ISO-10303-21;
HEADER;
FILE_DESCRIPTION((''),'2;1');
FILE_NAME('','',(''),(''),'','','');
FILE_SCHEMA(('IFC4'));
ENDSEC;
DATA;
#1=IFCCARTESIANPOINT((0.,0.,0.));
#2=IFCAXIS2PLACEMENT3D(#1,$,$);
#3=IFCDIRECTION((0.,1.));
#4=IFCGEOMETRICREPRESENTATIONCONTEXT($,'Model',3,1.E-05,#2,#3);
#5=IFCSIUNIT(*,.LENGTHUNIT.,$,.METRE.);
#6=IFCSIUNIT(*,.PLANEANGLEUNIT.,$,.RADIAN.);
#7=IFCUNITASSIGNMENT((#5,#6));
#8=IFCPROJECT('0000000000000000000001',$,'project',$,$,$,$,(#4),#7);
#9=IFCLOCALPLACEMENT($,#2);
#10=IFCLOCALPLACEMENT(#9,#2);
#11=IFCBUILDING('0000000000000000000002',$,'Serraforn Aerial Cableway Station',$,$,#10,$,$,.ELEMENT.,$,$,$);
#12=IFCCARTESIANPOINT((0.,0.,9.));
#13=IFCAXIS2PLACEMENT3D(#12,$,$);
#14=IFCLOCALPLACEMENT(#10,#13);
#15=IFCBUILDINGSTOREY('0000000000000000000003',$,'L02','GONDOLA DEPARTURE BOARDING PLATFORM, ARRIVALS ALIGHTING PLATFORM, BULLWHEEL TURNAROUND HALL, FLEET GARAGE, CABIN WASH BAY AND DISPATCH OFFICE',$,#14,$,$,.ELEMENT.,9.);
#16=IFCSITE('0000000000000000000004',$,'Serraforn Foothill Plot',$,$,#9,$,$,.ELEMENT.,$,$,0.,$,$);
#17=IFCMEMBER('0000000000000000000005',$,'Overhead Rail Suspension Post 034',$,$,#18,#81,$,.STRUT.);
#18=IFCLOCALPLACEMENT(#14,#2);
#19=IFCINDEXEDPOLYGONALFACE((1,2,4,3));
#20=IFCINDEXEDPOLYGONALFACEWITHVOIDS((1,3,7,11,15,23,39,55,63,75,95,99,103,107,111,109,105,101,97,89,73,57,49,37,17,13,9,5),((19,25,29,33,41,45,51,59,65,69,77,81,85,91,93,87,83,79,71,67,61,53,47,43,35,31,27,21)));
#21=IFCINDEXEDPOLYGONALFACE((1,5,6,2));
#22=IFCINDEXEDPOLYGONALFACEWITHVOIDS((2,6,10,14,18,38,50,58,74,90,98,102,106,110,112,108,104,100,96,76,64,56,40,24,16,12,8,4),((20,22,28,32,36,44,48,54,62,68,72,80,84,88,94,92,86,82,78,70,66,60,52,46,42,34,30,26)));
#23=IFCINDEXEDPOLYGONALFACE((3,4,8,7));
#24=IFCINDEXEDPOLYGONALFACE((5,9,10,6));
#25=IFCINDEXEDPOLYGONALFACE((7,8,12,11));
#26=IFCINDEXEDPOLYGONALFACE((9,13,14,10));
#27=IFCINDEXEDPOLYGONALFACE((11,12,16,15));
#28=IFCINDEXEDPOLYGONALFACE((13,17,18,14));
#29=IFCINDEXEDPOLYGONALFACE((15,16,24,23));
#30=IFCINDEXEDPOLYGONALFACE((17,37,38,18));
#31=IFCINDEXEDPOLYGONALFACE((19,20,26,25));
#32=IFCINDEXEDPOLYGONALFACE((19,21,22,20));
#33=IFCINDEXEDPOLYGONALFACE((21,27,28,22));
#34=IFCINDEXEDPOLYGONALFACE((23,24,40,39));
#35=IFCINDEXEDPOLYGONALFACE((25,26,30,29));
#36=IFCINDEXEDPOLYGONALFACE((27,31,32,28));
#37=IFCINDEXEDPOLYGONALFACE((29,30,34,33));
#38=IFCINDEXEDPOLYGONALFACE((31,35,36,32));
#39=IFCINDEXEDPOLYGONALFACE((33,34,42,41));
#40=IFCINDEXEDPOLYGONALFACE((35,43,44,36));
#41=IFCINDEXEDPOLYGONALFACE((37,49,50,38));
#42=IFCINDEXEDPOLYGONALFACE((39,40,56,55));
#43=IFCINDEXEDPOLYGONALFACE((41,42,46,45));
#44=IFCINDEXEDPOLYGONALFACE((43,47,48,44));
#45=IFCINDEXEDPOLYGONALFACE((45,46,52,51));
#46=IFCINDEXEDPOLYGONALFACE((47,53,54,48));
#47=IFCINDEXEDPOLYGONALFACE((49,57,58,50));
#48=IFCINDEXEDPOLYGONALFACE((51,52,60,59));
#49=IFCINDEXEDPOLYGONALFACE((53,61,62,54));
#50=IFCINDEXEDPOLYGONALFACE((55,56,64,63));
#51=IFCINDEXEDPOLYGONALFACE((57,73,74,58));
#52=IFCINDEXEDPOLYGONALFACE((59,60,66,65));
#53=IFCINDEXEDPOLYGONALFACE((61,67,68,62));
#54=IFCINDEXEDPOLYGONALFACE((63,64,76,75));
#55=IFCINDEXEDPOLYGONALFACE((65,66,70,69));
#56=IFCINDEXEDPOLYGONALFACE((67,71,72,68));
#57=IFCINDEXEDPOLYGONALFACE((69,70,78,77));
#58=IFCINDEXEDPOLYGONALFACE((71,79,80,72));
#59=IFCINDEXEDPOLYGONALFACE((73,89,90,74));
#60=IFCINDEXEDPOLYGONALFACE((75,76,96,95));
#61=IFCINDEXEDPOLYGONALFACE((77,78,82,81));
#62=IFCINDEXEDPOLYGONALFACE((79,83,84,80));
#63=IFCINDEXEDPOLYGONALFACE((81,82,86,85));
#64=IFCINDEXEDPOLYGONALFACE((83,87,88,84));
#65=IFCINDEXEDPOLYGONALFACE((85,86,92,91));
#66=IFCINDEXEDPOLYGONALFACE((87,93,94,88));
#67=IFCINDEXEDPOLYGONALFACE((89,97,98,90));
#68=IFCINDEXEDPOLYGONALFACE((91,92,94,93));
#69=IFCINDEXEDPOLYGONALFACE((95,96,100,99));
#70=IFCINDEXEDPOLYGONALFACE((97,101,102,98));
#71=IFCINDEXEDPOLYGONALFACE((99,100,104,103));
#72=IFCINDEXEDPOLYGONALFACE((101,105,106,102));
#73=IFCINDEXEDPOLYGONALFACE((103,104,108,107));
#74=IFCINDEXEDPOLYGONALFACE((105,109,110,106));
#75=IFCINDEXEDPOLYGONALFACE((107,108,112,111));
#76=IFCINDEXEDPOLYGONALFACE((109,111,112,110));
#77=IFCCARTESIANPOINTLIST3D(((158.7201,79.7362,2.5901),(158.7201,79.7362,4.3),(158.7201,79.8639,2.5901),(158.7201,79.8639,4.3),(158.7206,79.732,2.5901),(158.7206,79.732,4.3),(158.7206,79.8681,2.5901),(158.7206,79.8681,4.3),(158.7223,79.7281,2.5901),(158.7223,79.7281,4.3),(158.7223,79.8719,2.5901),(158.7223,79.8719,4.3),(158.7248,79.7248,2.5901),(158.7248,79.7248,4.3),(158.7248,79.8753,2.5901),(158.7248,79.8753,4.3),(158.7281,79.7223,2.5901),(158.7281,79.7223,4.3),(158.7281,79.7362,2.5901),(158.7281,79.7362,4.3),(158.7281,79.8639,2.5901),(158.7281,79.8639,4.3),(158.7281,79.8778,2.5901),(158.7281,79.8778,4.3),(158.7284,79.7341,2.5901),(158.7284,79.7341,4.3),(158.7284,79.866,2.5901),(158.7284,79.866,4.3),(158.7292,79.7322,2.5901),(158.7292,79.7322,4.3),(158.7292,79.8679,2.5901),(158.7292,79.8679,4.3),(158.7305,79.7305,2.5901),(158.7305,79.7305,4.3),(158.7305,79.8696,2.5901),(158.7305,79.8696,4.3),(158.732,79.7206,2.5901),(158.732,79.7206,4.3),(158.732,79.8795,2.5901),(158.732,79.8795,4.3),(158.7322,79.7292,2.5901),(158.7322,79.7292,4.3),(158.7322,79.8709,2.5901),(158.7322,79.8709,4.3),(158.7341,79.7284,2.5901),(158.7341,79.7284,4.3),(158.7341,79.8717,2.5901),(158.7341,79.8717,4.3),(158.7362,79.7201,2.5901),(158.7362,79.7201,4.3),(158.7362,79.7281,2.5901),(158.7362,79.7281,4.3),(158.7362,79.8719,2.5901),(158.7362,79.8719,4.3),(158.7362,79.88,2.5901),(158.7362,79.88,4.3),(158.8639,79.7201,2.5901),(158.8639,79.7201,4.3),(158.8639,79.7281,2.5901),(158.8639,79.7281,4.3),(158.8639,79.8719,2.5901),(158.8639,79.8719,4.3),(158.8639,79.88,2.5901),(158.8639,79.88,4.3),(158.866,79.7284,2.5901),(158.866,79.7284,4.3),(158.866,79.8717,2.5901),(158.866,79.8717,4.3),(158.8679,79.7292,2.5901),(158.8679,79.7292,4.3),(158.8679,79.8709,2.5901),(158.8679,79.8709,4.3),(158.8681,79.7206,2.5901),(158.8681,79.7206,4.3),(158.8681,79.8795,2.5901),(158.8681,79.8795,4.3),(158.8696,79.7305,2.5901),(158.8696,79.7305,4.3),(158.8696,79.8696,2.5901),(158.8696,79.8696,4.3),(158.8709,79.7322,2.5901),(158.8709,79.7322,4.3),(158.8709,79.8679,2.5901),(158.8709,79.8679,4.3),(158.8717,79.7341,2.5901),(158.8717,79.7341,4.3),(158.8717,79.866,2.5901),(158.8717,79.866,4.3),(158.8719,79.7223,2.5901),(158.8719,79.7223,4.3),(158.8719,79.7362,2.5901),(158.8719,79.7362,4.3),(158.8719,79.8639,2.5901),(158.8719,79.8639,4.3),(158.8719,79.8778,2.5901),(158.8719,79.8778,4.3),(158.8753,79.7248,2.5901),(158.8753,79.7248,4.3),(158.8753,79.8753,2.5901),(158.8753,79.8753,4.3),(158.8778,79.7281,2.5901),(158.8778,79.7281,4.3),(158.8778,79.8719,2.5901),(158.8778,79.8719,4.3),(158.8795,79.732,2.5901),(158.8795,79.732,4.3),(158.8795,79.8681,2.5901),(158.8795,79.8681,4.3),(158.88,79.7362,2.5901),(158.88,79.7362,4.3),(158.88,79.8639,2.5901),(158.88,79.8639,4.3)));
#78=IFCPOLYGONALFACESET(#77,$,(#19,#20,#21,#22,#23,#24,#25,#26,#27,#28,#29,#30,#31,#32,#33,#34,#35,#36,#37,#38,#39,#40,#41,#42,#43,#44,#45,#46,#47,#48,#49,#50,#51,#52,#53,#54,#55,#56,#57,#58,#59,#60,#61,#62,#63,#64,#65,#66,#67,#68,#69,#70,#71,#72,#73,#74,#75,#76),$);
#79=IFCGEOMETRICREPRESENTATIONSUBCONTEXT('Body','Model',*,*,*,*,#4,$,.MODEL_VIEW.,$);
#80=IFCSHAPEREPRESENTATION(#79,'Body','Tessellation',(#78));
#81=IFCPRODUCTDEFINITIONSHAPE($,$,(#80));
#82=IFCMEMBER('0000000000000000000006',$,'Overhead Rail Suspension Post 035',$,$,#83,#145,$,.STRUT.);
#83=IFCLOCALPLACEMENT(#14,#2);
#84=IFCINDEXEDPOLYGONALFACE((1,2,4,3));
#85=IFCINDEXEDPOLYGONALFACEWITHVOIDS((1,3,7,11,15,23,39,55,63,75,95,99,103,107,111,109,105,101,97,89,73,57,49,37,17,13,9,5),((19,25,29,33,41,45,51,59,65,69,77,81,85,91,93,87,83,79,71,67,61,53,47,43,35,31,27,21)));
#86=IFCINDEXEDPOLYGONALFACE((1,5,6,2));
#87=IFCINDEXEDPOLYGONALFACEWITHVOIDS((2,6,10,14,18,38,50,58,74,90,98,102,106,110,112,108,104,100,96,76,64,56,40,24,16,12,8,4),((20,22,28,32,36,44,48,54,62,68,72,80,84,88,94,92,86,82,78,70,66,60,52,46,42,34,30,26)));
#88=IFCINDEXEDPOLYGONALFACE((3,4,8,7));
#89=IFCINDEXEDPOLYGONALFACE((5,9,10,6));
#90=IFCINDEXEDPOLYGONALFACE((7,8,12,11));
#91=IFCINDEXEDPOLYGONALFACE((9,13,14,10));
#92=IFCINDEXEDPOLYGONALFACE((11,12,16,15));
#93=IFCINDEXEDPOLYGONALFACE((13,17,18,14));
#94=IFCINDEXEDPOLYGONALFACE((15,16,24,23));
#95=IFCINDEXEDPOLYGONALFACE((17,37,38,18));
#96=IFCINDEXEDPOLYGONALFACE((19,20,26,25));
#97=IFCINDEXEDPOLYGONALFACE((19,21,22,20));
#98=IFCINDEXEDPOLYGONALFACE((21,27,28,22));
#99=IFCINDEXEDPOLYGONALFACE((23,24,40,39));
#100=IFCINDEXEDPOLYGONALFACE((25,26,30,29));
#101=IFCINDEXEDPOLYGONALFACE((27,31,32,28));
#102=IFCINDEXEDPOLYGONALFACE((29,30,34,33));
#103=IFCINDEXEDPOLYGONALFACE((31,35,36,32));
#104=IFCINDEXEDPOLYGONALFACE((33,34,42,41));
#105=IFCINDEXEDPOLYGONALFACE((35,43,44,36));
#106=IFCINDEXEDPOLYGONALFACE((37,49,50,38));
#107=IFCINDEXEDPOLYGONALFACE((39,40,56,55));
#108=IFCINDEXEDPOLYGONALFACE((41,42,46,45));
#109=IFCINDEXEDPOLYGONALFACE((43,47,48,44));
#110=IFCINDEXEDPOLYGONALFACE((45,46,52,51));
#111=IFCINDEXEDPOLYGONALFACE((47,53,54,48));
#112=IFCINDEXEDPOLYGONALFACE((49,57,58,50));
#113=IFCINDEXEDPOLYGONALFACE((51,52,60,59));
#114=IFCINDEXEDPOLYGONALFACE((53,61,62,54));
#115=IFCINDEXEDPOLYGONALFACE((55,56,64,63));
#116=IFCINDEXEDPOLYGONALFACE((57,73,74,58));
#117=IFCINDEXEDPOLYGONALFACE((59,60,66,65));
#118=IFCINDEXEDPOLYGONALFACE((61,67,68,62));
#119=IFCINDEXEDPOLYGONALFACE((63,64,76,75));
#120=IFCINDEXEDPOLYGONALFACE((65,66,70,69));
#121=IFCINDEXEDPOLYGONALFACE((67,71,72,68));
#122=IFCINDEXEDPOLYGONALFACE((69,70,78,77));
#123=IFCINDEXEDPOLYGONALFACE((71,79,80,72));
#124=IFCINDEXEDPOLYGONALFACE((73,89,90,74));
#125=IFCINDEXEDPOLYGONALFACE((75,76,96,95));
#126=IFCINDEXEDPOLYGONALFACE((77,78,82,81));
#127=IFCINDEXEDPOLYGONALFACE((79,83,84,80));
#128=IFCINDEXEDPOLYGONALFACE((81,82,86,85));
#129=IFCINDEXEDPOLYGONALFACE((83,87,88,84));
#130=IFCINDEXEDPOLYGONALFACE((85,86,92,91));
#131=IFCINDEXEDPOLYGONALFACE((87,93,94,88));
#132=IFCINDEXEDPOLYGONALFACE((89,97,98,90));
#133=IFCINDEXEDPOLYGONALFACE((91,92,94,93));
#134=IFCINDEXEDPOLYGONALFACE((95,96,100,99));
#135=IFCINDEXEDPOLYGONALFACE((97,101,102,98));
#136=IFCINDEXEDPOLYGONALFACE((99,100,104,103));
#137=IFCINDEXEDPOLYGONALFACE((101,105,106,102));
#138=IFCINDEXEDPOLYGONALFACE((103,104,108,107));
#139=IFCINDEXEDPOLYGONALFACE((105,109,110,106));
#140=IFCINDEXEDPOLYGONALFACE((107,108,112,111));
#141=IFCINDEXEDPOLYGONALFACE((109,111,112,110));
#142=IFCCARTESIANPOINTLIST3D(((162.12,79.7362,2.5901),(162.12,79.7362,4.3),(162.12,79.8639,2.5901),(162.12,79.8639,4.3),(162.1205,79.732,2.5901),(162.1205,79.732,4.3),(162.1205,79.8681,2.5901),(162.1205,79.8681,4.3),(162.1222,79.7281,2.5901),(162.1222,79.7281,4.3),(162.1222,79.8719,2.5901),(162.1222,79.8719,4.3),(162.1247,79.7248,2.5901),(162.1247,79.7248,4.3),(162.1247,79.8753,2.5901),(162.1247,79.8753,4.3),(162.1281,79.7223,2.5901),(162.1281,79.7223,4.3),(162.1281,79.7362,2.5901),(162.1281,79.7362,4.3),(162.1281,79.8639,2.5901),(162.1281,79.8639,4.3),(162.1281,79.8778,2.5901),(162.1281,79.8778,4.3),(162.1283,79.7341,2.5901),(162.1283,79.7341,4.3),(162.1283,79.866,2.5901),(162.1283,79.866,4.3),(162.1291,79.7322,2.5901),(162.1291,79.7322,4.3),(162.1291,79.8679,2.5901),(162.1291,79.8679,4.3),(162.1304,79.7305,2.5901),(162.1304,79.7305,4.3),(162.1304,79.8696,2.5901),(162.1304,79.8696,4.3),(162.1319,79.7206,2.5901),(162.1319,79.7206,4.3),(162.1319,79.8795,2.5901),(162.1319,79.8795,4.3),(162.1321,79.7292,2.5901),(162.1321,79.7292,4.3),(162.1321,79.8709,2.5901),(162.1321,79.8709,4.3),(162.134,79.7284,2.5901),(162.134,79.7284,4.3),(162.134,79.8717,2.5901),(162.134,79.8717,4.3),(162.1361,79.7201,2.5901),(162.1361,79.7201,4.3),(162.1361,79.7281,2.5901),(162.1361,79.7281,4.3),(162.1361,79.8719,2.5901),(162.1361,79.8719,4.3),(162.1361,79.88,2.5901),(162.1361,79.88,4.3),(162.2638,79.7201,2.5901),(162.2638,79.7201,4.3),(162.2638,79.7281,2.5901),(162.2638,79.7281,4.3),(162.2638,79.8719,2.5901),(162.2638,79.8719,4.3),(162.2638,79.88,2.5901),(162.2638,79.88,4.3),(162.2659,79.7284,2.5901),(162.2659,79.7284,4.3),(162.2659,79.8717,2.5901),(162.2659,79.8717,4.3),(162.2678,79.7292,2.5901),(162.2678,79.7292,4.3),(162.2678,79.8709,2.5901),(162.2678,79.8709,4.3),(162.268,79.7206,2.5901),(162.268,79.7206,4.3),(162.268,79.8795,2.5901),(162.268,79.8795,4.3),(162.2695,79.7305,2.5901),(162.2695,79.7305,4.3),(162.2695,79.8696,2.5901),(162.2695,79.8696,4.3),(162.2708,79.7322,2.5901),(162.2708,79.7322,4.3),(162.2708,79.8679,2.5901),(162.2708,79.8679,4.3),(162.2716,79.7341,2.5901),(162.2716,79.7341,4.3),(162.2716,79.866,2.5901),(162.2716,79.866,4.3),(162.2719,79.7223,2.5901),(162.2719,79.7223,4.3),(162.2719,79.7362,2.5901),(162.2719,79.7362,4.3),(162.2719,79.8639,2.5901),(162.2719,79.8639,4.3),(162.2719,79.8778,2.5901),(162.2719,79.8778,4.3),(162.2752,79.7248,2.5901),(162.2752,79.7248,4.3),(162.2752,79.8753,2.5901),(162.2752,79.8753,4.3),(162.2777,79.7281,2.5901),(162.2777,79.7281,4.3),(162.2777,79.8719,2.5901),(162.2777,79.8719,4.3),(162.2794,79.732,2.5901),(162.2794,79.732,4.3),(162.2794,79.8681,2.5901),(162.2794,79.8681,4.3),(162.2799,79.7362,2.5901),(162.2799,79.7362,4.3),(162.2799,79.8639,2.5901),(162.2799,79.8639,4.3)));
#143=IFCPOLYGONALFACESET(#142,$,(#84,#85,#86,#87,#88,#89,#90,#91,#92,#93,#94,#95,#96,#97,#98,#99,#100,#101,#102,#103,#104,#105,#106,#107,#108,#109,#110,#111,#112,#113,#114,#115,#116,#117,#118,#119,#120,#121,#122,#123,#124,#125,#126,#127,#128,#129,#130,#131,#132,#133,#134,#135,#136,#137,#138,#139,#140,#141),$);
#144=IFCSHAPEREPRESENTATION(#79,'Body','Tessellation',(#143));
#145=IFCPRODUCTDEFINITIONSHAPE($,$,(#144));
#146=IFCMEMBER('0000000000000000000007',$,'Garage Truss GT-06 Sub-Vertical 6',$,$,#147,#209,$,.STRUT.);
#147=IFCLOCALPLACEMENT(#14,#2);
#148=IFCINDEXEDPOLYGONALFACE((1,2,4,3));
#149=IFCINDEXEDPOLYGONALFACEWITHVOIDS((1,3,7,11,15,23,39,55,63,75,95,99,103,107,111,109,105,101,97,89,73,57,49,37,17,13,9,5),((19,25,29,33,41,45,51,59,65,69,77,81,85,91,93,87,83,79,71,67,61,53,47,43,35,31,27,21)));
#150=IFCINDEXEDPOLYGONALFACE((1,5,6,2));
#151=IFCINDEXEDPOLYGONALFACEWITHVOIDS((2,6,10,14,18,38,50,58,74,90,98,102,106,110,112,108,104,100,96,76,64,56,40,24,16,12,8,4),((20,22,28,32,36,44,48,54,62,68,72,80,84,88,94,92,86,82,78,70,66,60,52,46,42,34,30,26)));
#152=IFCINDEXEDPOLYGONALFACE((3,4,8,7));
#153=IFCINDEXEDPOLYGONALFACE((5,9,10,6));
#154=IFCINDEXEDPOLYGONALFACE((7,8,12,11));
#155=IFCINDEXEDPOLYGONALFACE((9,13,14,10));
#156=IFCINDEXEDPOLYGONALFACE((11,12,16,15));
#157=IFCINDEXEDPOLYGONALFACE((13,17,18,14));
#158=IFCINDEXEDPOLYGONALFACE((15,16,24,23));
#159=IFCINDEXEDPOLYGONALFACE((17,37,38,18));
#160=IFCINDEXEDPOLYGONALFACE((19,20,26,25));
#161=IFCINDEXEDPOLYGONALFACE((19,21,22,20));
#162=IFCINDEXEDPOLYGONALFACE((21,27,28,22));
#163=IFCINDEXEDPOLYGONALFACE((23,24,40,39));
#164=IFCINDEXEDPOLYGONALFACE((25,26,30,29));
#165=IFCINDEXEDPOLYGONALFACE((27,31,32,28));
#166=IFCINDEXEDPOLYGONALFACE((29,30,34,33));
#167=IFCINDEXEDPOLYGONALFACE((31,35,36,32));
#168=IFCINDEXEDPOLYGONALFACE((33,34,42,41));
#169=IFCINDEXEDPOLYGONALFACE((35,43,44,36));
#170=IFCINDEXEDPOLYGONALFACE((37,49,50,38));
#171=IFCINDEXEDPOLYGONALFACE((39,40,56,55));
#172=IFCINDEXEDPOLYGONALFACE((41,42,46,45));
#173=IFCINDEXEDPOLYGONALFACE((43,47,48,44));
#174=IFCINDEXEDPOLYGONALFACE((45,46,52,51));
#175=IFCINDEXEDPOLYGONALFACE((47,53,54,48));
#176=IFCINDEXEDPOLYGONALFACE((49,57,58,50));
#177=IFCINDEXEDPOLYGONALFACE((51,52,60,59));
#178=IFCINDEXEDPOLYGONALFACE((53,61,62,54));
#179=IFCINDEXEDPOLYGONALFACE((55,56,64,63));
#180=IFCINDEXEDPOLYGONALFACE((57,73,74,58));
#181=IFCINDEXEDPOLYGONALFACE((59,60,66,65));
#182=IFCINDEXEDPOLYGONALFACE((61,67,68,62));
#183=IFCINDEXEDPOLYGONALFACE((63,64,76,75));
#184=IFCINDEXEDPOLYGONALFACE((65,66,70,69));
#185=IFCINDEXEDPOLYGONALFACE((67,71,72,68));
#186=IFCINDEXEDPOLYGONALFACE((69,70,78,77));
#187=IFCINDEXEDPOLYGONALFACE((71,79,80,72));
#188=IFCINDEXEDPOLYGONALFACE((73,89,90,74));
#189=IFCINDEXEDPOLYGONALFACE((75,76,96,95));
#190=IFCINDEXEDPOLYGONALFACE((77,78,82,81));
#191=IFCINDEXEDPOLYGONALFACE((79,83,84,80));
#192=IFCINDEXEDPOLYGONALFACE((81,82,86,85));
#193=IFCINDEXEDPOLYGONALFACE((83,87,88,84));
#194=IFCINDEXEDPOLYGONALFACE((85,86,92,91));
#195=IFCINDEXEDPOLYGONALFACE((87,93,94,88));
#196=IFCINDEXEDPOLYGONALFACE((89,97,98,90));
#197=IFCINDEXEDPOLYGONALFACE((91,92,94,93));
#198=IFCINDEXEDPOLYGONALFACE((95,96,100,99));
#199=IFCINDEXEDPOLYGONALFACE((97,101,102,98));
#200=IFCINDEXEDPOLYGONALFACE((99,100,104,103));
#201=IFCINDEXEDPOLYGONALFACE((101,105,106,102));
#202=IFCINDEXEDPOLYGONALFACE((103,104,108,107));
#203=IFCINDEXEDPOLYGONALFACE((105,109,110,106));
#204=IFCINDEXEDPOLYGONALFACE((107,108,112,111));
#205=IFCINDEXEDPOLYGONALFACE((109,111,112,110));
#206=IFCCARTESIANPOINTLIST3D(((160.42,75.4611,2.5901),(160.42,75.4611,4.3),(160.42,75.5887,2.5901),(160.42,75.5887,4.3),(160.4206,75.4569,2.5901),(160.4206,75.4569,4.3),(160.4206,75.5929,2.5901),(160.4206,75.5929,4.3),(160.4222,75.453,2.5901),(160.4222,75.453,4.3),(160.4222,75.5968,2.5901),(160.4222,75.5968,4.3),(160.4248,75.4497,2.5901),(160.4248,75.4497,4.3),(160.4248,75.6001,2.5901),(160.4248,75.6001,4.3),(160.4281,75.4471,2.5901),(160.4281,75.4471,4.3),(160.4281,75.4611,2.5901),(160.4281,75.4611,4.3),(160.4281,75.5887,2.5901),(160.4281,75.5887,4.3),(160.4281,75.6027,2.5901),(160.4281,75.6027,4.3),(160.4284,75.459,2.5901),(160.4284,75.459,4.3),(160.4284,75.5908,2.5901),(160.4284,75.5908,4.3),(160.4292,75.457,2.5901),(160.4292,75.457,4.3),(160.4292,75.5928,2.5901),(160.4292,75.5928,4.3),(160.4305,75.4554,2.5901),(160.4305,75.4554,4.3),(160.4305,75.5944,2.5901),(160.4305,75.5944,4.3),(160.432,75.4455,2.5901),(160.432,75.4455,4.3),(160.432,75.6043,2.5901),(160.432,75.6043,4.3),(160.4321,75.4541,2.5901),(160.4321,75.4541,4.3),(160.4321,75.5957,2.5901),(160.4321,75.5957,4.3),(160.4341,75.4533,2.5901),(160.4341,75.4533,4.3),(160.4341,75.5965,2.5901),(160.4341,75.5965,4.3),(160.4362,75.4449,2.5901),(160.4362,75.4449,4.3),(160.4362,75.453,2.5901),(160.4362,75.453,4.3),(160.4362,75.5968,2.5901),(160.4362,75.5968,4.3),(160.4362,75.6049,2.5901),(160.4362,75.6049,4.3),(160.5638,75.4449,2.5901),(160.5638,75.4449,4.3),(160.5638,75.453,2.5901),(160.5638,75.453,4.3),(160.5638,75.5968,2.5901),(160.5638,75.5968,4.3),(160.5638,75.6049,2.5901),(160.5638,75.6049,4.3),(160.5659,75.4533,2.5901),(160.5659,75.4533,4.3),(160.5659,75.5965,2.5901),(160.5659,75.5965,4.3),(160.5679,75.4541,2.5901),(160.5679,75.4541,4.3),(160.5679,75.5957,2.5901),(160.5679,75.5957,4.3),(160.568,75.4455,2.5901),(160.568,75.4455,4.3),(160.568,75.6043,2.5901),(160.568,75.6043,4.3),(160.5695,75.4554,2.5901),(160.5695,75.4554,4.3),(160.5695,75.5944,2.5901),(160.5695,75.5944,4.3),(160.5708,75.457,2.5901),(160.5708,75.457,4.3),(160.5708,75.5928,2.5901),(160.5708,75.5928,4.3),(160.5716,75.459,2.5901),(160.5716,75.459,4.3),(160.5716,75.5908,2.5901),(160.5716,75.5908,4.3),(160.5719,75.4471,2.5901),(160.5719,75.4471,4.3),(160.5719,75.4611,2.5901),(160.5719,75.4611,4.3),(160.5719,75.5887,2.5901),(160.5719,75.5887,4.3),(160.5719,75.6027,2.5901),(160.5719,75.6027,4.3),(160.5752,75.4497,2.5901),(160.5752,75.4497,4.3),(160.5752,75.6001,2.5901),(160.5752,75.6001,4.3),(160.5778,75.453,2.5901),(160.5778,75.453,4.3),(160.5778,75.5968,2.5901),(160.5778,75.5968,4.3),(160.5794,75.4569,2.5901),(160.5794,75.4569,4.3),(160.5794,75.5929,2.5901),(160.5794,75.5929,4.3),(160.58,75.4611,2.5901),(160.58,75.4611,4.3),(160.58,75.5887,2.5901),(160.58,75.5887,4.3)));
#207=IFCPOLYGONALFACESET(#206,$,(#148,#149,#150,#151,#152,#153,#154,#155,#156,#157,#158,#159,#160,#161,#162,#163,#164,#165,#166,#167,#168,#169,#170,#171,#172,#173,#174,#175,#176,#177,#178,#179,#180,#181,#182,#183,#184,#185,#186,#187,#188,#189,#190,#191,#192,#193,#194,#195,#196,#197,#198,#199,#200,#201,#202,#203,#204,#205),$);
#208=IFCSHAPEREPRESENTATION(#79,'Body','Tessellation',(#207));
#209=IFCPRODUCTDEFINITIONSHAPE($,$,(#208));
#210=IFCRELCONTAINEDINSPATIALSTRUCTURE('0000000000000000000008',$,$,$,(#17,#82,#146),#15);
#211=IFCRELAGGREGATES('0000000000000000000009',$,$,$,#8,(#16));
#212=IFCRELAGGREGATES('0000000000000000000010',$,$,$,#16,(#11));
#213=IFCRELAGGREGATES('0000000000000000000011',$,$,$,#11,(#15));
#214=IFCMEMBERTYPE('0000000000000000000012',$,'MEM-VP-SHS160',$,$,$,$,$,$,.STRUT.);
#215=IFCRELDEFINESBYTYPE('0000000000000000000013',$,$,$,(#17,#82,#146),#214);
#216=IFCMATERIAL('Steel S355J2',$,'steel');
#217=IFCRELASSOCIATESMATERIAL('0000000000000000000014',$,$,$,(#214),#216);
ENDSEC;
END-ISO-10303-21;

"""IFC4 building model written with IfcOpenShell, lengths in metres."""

from ifc_helpers import new_model, si_unit, direction, frame, origin, origin_2d, place, context, subcontext, project, spatial, hollow_rectangle, extrude, material, material_profile, profile_set, type_object, element, save


model = new_model("IFC4")

# Units and contexts
model_context = context("Model", 3, precision=1e-05, world=origin(), true_north=direction((0.0, 1.0)))
body_context = subcontext(model_context, "Body", "Model", "MODEL_VIEW")
ifc_project = project(units=[si_unit("LENGTHUNIT", "METRE"), si_unit("PLANEANGLEUNIT", "RADIAN")], contexts=[model_context])

# Site, building, storey
site_placement = place(None, origin())
site = spatial("IfcSite", under=ifc_project, at=site_placement, Name="Serraforn Foothill Plot", CompositionType="ELEMENT", RefElevation=0.0)
building_placement = place(site_placement, origin())
building = spatial("IfcBuilding", under=site, at=building_placement, Name="Serraforn Aerial Cableway Station", CompositionType="ELEMENT")
storey_placement = place(building_placement, frame((0.0, 0.0, 9.0)))
storey = spatial("IfcBuildingStorey", under=building, at=storey_placement, Name="L02", Description="GONDOLA DEPARTURE BOARDING PLATFORM, ARRIVALS ALIGHTING PLATFORM, BULLWHEEL TURNAROUND HALL, FLEET GARAGE, CABIN WASH BAY AND DISPATCH OFFICE", CompositionType="ELEMENT", Elevation=9.0)

# Members
ifc_material_1 = material(Name="Steel S355J2", Category="steel")
ifc_material_profile_1 = material_profile(ifc_material_1, hollow_rectangle(XDim=0.1599, YDim=0.1599, WallThickness=0.0081, InnerFilletRadius=0.0081, OuterFilletRadius=0.0161, at=origin_2d()), Name="SHS 160x160x8.0")
ifc_profile_set_1 = profile_set([ifc_material_profile_1], Name="Steel S355J2")
member_type_1 = type_object("IfcMemberType", Name="MEM-VP-SHS160", PredefinedType="STRUT", material=ifc_profile_set_1)
for number, where, z_axis, x_axis, name in (
    (1, (158.8, 79.8, 2.5901), (0.0, 0.0, 1.0), (1.0, 0.0, 0.0), "Overhead Rail Suspension Post 034"),
    (2, (162.2, 79.8, 2.5901), (0.0, 0.0, 1.0), (1.0, 0.0, 0.0), "Overhead Rail Suspension Post 035"),
    (3, (160.5, 75.5249, 2.5901), (0.0, 0.0, 1.0), (1.0, 0.0, 0.0), "Garage Truss GT-06 Sub-Vertical 6"),
):
    element("IfcMember", number, at=place(storey_placement, frame(where, z_axis=z_axis, x_axis=x_axis)), inside=storey, type_object=member_type_1, Name=name, PredefinedType="STRUT", context=body_context, shape_type="SweptSolid", body=[
        extrude(hollow_rectangle(XDim=0.1599, YDim=0.1599, WallThickness=0.0081, InnerFilletRadius=0.0081, OuterFilletRadius=0.0161, at=origin_2d()), origin(), (0.0, 0.0, 1.0), 1.71),
    ])

save(model, "model.ifc")
